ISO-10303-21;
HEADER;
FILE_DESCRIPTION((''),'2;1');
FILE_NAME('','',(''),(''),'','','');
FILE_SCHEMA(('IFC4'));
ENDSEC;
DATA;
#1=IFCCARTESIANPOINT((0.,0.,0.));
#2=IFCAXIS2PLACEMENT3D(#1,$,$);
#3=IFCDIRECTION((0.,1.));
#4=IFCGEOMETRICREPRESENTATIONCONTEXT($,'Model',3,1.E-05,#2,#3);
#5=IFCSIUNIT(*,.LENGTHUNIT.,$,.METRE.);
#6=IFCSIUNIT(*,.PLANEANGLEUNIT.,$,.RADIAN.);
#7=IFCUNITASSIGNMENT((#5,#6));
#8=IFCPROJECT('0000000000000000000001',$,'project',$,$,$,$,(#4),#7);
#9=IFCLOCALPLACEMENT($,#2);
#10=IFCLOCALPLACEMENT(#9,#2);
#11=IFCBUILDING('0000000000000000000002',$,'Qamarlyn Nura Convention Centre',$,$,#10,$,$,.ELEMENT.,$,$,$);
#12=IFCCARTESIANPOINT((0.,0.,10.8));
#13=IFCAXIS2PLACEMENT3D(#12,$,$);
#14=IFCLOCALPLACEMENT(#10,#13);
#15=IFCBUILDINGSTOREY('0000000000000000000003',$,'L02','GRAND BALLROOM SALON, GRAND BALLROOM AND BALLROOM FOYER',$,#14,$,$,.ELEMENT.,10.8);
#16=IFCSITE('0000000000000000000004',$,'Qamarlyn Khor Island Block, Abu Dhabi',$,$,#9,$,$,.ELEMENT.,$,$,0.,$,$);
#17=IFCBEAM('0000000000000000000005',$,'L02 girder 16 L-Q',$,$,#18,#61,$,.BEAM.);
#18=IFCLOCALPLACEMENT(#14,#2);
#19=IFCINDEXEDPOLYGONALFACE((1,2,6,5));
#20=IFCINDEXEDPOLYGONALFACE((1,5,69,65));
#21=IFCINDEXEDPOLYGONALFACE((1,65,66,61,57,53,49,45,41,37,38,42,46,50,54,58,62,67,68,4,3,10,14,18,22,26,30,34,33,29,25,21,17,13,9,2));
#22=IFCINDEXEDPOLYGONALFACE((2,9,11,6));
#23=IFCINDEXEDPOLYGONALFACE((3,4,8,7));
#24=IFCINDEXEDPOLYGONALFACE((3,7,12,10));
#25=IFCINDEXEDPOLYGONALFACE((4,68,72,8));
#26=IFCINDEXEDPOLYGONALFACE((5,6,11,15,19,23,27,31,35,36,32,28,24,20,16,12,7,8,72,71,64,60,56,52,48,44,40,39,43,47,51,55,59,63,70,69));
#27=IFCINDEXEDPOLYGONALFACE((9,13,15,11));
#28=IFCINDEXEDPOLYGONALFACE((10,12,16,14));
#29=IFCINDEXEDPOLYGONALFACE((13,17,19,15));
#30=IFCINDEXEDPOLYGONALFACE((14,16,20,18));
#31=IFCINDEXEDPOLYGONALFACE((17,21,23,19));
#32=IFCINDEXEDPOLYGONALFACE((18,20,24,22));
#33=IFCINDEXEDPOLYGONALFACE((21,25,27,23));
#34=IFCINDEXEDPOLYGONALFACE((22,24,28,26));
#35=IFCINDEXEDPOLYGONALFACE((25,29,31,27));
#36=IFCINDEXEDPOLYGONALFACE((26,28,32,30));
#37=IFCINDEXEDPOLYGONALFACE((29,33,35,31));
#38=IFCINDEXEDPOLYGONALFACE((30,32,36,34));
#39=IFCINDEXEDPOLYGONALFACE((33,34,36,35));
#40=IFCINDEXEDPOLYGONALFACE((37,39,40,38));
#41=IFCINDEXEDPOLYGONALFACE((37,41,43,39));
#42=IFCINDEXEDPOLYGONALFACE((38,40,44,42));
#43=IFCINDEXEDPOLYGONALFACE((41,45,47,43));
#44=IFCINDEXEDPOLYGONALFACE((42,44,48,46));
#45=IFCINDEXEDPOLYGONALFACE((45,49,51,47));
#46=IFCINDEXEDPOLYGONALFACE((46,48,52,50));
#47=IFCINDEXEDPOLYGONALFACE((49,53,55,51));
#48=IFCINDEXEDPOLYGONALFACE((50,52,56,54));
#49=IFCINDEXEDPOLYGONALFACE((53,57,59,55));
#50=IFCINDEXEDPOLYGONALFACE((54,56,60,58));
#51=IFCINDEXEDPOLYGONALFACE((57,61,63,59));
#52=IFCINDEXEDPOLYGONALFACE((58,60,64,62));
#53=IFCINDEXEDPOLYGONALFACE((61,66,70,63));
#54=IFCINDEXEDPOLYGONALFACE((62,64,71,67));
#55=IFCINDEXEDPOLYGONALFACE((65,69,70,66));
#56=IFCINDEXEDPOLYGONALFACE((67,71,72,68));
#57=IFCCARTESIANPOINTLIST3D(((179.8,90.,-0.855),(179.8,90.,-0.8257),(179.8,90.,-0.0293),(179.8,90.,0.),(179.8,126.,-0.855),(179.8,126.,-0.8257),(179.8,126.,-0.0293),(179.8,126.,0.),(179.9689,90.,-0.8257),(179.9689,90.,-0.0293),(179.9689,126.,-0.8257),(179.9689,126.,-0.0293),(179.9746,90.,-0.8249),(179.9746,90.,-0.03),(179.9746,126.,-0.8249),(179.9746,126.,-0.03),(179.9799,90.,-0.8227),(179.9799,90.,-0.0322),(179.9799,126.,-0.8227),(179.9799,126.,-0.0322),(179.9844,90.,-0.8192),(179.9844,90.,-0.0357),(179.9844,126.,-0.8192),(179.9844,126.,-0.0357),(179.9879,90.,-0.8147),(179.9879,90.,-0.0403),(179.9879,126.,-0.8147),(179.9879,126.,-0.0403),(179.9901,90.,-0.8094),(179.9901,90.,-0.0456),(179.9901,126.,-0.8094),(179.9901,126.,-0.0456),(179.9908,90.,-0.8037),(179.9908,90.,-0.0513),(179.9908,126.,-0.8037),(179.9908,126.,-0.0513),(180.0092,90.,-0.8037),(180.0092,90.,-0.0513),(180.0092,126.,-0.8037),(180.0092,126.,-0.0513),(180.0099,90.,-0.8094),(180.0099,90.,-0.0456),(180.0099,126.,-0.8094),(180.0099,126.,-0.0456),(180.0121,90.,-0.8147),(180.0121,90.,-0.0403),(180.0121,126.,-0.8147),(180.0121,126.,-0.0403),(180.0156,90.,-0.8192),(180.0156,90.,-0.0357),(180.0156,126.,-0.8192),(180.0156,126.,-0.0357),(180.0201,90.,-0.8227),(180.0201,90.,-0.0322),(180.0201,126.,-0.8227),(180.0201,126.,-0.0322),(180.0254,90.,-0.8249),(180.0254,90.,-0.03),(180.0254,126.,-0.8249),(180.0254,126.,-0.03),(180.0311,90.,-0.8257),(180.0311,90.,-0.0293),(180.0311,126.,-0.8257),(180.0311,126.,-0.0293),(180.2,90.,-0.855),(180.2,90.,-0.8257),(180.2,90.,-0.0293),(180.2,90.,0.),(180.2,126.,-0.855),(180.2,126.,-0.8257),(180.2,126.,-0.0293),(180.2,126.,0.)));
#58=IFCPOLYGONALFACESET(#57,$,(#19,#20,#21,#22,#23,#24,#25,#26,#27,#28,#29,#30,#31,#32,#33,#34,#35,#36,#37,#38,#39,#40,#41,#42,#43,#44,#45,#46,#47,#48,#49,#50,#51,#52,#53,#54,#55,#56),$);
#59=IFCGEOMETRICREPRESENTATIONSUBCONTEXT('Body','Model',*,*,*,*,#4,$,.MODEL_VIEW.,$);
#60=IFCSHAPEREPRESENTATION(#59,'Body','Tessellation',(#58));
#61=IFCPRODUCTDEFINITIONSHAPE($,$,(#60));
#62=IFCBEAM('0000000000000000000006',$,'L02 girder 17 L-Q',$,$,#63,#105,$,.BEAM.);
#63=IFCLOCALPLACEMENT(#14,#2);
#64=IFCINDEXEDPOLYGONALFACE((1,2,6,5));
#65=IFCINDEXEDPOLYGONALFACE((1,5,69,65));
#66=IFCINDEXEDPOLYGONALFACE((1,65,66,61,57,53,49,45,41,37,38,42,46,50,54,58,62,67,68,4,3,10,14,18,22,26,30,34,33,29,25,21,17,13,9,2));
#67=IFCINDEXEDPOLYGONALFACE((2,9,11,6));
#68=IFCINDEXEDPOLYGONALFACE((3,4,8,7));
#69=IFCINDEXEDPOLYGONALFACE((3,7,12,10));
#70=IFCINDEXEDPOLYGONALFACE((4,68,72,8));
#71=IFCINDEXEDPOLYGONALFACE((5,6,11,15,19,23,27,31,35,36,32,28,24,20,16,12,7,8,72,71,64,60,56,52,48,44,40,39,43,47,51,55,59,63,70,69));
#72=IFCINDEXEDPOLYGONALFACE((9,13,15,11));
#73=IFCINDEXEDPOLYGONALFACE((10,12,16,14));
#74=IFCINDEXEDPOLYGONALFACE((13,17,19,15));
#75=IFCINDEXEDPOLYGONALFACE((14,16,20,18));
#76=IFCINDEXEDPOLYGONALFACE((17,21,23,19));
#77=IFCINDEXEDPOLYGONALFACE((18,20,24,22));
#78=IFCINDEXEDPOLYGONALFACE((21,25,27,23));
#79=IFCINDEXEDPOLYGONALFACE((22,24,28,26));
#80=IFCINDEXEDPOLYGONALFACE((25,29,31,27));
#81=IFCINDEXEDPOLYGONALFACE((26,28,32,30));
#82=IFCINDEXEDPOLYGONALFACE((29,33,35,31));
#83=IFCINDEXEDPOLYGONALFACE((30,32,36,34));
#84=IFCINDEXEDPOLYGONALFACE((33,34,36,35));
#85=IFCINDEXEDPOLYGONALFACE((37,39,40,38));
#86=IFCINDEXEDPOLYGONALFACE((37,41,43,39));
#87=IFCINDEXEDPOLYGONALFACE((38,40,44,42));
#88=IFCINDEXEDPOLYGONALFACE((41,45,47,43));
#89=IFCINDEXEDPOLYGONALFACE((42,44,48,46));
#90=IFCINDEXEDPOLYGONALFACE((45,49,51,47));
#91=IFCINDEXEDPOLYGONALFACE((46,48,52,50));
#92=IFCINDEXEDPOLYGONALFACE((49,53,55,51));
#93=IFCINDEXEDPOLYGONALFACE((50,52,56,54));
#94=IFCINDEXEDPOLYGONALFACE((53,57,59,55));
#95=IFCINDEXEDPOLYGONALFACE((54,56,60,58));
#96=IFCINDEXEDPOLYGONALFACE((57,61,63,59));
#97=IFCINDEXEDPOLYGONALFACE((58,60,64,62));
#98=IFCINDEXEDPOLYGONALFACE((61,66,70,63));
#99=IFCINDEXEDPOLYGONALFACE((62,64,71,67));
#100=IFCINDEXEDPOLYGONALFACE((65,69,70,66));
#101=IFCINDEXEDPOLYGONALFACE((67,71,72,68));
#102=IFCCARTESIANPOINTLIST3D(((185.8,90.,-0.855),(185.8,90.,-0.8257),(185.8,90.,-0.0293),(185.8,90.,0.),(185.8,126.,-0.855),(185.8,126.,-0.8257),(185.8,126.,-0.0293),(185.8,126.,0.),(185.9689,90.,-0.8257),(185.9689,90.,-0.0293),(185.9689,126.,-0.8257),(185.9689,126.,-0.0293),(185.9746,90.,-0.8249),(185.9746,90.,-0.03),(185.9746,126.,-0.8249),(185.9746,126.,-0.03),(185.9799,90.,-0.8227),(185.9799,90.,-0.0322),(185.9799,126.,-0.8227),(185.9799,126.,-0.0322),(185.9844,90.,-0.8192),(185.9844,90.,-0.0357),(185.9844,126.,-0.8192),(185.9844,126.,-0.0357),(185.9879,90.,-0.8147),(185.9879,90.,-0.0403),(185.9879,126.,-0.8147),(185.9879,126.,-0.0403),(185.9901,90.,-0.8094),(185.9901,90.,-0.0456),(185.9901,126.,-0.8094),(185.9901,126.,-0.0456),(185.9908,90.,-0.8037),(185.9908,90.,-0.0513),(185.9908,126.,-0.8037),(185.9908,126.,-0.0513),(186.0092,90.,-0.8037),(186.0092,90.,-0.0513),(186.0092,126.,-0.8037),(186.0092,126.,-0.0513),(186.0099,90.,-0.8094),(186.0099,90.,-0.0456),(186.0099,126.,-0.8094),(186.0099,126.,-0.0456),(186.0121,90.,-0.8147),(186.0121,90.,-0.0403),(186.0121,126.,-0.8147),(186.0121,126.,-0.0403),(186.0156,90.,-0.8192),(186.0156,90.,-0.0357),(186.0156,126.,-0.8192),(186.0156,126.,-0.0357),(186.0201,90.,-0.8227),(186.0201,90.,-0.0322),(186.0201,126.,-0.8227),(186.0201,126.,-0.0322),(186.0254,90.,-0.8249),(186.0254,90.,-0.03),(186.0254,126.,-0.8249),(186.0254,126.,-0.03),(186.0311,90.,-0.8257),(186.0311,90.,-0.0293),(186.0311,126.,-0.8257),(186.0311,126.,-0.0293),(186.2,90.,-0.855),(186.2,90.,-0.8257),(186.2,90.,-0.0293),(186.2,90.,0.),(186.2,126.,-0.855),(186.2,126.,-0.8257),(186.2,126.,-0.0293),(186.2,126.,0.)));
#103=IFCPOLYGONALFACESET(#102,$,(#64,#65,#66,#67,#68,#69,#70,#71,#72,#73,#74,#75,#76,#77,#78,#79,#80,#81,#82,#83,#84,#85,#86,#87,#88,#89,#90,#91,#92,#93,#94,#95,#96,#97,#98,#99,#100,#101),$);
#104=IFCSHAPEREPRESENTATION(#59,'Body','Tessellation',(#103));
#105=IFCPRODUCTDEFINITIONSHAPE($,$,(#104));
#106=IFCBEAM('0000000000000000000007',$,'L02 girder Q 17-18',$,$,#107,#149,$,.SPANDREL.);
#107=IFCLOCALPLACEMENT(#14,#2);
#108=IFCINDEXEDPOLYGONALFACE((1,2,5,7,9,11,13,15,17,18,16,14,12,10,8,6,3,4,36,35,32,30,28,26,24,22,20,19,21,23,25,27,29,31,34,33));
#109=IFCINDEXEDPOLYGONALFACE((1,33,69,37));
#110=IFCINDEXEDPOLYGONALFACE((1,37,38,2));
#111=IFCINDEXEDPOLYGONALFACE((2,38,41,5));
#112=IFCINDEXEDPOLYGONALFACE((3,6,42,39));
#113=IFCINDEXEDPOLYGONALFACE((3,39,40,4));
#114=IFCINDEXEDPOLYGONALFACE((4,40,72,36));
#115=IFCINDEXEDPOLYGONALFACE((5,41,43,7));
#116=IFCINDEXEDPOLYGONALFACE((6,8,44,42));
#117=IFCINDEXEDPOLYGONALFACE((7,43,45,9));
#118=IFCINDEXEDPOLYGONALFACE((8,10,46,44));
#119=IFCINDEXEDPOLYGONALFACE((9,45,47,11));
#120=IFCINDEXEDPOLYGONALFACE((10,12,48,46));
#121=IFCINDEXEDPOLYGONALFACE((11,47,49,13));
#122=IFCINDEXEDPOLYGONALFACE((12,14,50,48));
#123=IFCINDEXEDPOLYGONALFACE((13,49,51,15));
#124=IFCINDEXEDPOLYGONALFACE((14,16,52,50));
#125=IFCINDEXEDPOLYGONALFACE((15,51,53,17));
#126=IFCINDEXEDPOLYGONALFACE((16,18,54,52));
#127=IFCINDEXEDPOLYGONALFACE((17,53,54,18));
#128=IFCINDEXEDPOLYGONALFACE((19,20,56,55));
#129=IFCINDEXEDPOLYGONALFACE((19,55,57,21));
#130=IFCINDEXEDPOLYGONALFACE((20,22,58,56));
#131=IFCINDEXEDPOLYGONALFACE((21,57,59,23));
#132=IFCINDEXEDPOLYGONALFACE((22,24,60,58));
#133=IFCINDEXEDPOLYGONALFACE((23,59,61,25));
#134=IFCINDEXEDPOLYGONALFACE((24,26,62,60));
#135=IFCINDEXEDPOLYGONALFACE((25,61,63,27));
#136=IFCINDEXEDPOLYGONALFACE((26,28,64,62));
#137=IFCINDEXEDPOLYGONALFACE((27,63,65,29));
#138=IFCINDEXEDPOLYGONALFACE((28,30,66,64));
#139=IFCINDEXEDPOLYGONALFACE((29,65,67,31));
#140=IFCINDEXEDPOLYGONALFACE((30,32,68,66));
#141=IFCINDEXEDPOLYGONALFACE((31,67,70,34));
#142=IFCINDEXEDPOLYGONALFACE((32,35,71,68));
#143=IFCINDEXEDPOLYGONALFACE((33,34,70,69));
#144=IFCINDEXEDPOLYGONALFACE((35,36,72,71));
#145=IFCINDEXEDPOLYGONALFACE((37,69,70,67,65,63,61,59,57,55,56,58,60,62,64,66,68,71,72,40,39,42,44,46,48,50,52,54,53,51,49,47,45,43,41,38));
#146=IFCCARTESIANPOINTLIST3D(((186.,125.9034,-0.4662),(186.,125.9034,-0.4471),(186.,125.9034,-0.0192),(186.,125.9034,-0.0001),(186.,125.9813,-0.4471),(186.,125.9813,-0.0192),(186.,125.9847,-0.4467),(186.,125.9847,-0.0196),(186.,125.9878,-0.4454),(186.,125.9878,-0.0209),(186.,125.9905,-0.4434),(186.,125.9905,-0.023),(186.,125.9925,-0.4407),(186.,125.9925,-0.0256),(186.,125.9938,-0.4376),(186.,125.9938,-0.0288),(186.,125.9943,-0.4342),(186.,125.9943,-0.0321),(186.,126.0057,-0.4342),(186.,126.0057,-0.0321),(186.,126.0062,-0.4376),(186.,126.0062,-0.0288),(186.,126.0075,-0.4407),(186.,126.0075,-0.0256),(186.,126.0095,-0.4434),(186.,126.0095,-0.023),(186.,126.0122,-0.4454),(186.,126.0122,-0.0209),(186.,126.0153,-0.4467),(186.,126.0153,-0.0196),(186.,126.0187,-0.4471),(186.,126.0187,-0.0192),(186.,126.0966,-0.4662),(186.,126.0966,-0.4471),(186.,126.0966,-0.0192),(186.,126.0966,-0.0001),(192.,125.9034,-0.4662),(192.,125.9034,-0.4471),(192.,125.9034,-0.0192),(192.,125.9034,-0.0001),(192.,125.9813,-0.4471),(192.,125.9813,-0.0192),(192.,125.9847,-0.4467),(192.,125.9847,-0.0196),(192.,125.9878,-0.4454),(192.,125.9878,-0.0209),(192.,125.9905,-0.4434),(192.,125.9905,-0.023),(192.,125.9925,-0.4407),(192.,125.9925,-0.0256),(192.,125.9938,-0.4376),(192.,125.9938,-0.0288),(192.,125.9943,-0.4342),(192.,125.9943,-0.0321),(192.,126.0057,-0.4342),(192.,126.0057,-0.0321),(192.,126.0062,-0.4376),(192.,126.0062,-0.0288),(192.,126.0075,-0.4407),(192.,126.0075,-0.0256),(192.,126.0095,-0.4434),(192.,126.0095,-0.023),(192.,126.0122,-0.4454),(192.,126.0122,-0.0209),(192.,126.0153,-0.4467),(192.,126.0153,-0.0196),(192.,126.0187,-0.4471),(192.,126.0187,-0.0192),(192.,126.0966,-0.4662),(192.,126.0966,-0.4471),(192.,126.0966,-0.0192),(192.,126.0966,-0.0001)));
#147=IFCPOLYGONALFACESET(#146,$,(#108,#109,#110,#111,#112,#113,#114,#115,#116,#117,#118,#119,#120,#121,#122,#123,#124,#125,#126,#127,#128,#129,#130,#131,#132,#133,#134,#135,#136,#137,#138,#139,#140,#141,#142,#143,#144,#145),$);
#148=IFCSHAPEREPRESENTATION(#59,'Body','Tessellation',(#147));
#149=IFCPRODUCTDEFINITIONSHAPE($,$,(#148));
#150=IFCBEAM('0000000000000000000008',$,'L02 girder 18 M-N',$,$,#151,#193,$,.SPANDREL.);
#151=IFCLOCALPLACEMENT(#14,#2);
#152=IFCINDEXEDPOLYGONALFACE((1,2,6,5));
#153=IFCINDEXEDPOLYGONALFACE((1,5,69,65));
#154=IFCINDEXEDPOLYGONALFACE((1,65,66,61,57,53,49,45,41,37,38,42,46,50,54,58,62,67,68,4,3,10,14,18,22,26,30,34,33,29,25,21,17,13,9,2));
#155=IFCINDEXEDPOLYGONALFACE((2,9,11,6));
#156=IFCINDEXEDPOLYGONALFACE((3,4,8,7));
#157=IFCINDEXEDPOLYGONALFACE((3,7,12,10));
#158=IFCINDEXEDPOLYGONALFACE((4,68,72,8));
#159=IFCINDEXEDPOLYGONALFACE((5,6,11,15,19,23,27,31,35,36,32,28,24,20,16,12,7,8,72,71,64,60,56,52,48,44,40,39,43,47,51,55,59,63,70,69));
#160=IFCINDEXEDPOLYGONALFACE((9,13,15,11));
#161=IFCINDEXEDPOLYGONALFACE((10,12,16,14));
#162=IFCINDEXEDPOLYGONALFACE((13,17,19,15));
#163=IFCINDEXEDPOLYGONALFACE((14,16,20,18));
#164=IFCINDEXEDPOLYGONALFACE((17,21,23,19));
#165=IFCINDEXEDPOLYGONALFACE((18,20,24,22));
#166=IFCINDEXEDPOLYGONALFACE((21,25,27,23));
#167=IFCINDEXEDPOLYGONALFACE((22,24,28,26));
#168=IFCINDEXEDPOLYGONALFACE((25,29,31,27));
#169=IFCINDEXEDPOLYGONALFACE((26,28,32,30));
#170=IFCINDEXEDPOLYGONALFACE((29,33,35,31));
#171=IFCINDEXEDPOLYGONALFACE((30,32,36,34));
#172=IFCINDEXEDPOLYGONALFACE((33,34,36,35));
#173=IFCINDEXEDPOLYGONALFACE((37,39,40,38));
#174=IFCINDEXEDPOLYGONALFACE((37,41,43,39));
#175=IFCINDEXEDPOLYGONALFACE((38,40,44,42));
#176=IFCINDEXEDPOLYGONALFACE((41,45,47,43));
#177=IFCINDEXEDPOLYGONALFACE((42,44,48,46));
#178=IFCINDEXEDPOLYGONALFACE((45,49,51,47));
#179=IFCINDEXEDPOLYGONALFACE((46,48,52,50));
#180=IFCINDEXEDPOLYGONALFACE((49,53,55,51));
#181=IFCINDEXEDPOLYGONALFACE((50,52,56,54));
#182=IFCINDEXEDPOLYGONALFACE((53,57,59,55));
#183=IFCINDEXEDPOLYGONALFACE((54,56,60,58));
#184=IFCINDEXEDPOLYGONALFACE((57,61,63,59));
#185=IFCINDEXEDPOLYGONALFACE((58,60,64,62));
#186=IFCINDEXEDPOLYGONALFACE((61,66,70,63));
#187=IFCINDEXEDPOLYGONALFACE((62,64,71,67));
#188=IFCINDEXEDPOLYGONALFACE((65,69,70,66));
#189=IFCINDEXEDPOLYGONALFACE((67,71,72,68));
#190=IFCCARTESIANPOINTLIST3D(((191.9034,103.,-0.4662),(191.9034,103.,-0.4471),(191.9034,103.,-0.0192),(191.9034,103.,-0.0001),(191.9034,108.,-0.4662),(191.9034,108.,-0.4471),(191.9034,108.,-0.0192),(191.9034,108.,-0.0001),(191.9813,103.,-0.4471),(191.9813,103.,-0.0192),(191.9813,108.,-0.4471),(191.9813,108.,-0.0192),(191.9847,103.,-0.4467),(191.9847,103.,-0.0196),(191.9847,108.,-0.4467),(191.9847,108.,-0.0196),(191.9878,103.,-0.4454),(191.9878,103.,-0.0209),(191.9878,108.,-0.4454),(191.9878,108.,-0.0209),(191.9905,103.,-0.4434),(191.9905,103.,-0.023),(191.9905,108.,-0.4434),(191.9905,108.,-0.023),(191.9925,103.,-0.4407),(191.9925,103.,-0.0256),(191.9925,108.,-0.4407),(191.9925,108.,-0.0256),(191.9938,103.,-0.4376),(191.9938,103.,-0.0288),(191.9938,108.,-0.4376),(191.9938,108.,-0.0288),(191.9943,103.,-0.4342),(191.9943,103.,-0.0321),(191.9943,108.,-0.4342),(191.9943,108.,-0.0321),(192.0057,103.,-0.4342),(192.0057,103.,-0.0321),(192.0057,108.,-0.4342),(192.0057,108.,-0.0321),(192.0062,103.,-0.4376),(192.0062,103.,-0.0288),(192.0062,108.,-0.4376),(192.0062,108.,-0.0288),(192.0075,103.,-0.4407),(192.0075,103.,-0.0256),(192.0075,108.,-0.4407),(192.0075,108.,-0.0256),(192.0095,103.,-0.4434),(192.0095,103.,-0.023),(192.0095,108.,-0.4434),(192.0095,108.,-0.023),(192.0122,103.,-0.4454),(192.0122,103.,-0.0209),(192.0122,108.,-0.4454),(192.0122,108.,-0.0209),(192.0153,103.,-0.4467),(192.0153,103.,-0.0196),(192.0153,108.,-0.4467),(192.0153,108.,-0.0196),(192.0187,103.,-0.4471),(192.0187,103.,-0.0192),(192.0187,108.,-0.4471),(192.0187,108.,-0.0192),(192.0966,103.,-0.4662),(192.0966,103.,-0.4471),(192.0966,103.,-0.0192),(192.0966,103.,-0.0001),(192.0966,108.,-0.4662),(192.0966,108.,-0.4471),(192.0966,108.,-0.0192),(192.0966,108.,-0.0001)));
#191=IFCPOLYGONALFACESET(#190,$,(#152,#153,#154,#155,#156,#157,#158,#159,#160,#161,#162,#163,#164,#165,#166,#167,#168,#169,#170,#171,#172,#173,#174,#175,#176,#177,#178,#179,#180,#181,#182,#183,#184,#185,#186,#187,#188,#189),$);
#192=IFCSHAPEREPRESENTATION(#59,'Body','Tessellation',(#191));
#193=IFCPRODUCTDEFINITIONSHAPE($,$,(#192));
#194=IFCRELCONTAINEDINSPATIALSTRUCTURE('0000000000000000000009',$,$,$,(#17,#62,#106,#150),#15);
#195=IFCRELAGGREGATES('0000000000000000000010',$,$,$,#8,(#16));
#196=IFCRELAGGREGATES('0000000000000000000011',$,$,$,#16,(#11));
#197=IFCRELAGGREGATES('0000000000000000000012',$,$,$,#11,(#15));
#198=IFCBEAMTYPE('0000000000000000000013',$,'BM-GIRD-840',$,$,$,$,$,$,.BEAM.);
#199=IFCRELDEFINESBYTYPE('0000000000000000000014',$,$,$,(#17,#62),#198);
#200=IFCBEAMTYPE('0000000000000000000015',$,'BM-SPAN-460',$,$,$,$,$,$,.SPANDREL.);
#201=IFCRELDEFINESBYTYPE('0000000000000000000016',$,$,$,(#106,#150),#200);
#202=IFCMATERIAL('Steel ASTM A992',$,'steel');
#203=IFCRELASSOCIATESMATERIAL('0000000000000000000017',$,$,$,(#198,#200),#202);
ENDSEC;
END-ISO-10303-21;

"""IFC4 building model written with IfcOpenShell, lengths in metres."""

from ifc_helpers import new_model, si_unit, direction, frame, origin, origin_2d, place, context, subcontext, project, spatial, i_section, extrude, material, material_profile, profile_set, type_object, element, save


model = new_model("IFC4")

# Units and contexts
model_context = context("Model", 3, precision=1e-05, world=origin(), true_north=direction((0.0, 1.0)))
body_context = subcontext(model_context, "Body", "Model", "MODEL_VIEW")
ifc_project = project(units=[si_unit("LENGTHUNIT", "METRE"), si_unit("PLANEANGLEUNIT", "RADIAN")], contexts=[model_context])

# Site, building, storey
site_placement = place(None, origin())
site = spatial("IfcSite", under=ifc_project, at=site_placement, Name="Qamarlyn Khor Island Block, Abu Dhabi", CompositionType="ELEMENT", RefElevation=0.0)
building_placement = place(site_placement, origin())
building = spatial("IfcBuilding", under=site, at=building_placement, Name="Qamarlyn Nura Convention Centre", CompositionType="ELEMENT")
storey_placement = place(building_placement, frame((0.0, 0.0, 10.8)))
storey = spatial("IfcBuildingStorey", under=building, at=storey_placement, Name="L02", Description="GRAND BALLROOM SALON, GRAND BALLROOM AND BALLROOM FOYER", CompositionType="ELEMENT", Elevation=10.8)

# Shared definitions
ifc_material_1 = material(Name="Steel ASTM A992", Category="steel")

# Beams
ifc_material_profile_1 = material_profile(ifc_material_1, i_section(OverallWidth=0.3999, OverallDepth=0.855, WebThickness=0.0183, FlangeThickness=0.0293, FilletRadius=0.022, at=origin_2d()), Name="W840X299")
ifc_profile_set_1 = profile_set([ifc_material_profile_1], Name="Steel ASTM A992")
beam_type_1 = type_object("IfcBeamType", Name="BM-GIRD-840", PredefinedType="BEAM", material=ifc_profile_set_1)
for number, where, z_axis, x_axis, name in (
    (1, (180.0, 90.0, -0.4275), (0.0, 1.0, 0.0), (-1.0, 0.0, 0.0), "L02 girder 16 L-Q"),
    (2, (186.0, 90.0, -0.4275), (0.0, 1.0, 0.0), (-1.0, 0.0, 0.0), "L02 girder 17 L-Q"),
):
    element("IfcBeam", number, at=place(storey_placement, frame(where, z_axis=z_axis, x_axis=x_axis)), inside=storey, type_object=beam_type_1, Name=name, PredefinedType="BEAM", context=body_context, shape_type="SweptSolid", body=[
        extrude(i_section(OverallWidth=0.3999, OverallDepth=0.855, WebThickness=0.0183, FlangeThickness=0.0293, FilletRadius=0.022, at=origin_2d()), origin(), (0.0, 0.0, 1.0), 36.0),
    ])
ifc_material_profile_2 = material_profile(ifc_material_1, i_section(OverallWidth=0.1931, OverallDepth=0.4661, WebThickness=0.0115, FlangeThickness=0.019, FilletRadius=0.0129, at=origin_2d()), Name="W460X97")
ifc_profile_set_2 = profile_set([ifc_material_profile_2], Name="Steel ASTM A992")
beam_type_2 = type_object("IfcBeamType", Name="BM-SPAN-460", PredefinedType="SPANDREL", material=ifc_profile_set_2)
beam_1_placement = place(storey_placement, frame((186.0, 126.0, -0.2332), z_axis=(1.0, 0.0, 0.0), x_axis=(0.0, 1.0, 0.0)))
element("IfcBeam", 3, at=beam_1_placement, inside=storey, type_object=beam_type_2, Name="L02 girder Q 17-18", PredefinedType="SPANDREL", context=body_context, shape_type="SweptSolid", body=[
    extrude(i_section(OverallWidth=0.1931, OverallDepth=0.4661, WebThickness=0.0115, FlangeThickness=0.019, FilletRadius=0.0129, at=origin_2d()), origin(), (0.0, 0.0, 1.0), 6.0),
])
beam_2_placement = place(storey_placement, frame((192.0, 103.0, -0.2332), z_axis=(0.0, 1.0, 0.0), x_axis=(-1.0, 0.0, 0.0)))
element("IfcBeam", 4, at=beam_2_placement, inside=storey, type_object=beam_type_2, Name="L02 girder 18 M-N", PredefinedType="SPANDREL", context=body_context, shape_type="SweptSolid", body=[
    extrude(i_section(OverallWidth=0.1931, OverallDepth=0.4661, WebThickness=0.0115, FlangeThickness=0.019, FilletRadius=0.0129, at=origin_2d()), origin(), (0.0, 0.0, 1.0), 5.0),
])

save(model, "model.ifc")
